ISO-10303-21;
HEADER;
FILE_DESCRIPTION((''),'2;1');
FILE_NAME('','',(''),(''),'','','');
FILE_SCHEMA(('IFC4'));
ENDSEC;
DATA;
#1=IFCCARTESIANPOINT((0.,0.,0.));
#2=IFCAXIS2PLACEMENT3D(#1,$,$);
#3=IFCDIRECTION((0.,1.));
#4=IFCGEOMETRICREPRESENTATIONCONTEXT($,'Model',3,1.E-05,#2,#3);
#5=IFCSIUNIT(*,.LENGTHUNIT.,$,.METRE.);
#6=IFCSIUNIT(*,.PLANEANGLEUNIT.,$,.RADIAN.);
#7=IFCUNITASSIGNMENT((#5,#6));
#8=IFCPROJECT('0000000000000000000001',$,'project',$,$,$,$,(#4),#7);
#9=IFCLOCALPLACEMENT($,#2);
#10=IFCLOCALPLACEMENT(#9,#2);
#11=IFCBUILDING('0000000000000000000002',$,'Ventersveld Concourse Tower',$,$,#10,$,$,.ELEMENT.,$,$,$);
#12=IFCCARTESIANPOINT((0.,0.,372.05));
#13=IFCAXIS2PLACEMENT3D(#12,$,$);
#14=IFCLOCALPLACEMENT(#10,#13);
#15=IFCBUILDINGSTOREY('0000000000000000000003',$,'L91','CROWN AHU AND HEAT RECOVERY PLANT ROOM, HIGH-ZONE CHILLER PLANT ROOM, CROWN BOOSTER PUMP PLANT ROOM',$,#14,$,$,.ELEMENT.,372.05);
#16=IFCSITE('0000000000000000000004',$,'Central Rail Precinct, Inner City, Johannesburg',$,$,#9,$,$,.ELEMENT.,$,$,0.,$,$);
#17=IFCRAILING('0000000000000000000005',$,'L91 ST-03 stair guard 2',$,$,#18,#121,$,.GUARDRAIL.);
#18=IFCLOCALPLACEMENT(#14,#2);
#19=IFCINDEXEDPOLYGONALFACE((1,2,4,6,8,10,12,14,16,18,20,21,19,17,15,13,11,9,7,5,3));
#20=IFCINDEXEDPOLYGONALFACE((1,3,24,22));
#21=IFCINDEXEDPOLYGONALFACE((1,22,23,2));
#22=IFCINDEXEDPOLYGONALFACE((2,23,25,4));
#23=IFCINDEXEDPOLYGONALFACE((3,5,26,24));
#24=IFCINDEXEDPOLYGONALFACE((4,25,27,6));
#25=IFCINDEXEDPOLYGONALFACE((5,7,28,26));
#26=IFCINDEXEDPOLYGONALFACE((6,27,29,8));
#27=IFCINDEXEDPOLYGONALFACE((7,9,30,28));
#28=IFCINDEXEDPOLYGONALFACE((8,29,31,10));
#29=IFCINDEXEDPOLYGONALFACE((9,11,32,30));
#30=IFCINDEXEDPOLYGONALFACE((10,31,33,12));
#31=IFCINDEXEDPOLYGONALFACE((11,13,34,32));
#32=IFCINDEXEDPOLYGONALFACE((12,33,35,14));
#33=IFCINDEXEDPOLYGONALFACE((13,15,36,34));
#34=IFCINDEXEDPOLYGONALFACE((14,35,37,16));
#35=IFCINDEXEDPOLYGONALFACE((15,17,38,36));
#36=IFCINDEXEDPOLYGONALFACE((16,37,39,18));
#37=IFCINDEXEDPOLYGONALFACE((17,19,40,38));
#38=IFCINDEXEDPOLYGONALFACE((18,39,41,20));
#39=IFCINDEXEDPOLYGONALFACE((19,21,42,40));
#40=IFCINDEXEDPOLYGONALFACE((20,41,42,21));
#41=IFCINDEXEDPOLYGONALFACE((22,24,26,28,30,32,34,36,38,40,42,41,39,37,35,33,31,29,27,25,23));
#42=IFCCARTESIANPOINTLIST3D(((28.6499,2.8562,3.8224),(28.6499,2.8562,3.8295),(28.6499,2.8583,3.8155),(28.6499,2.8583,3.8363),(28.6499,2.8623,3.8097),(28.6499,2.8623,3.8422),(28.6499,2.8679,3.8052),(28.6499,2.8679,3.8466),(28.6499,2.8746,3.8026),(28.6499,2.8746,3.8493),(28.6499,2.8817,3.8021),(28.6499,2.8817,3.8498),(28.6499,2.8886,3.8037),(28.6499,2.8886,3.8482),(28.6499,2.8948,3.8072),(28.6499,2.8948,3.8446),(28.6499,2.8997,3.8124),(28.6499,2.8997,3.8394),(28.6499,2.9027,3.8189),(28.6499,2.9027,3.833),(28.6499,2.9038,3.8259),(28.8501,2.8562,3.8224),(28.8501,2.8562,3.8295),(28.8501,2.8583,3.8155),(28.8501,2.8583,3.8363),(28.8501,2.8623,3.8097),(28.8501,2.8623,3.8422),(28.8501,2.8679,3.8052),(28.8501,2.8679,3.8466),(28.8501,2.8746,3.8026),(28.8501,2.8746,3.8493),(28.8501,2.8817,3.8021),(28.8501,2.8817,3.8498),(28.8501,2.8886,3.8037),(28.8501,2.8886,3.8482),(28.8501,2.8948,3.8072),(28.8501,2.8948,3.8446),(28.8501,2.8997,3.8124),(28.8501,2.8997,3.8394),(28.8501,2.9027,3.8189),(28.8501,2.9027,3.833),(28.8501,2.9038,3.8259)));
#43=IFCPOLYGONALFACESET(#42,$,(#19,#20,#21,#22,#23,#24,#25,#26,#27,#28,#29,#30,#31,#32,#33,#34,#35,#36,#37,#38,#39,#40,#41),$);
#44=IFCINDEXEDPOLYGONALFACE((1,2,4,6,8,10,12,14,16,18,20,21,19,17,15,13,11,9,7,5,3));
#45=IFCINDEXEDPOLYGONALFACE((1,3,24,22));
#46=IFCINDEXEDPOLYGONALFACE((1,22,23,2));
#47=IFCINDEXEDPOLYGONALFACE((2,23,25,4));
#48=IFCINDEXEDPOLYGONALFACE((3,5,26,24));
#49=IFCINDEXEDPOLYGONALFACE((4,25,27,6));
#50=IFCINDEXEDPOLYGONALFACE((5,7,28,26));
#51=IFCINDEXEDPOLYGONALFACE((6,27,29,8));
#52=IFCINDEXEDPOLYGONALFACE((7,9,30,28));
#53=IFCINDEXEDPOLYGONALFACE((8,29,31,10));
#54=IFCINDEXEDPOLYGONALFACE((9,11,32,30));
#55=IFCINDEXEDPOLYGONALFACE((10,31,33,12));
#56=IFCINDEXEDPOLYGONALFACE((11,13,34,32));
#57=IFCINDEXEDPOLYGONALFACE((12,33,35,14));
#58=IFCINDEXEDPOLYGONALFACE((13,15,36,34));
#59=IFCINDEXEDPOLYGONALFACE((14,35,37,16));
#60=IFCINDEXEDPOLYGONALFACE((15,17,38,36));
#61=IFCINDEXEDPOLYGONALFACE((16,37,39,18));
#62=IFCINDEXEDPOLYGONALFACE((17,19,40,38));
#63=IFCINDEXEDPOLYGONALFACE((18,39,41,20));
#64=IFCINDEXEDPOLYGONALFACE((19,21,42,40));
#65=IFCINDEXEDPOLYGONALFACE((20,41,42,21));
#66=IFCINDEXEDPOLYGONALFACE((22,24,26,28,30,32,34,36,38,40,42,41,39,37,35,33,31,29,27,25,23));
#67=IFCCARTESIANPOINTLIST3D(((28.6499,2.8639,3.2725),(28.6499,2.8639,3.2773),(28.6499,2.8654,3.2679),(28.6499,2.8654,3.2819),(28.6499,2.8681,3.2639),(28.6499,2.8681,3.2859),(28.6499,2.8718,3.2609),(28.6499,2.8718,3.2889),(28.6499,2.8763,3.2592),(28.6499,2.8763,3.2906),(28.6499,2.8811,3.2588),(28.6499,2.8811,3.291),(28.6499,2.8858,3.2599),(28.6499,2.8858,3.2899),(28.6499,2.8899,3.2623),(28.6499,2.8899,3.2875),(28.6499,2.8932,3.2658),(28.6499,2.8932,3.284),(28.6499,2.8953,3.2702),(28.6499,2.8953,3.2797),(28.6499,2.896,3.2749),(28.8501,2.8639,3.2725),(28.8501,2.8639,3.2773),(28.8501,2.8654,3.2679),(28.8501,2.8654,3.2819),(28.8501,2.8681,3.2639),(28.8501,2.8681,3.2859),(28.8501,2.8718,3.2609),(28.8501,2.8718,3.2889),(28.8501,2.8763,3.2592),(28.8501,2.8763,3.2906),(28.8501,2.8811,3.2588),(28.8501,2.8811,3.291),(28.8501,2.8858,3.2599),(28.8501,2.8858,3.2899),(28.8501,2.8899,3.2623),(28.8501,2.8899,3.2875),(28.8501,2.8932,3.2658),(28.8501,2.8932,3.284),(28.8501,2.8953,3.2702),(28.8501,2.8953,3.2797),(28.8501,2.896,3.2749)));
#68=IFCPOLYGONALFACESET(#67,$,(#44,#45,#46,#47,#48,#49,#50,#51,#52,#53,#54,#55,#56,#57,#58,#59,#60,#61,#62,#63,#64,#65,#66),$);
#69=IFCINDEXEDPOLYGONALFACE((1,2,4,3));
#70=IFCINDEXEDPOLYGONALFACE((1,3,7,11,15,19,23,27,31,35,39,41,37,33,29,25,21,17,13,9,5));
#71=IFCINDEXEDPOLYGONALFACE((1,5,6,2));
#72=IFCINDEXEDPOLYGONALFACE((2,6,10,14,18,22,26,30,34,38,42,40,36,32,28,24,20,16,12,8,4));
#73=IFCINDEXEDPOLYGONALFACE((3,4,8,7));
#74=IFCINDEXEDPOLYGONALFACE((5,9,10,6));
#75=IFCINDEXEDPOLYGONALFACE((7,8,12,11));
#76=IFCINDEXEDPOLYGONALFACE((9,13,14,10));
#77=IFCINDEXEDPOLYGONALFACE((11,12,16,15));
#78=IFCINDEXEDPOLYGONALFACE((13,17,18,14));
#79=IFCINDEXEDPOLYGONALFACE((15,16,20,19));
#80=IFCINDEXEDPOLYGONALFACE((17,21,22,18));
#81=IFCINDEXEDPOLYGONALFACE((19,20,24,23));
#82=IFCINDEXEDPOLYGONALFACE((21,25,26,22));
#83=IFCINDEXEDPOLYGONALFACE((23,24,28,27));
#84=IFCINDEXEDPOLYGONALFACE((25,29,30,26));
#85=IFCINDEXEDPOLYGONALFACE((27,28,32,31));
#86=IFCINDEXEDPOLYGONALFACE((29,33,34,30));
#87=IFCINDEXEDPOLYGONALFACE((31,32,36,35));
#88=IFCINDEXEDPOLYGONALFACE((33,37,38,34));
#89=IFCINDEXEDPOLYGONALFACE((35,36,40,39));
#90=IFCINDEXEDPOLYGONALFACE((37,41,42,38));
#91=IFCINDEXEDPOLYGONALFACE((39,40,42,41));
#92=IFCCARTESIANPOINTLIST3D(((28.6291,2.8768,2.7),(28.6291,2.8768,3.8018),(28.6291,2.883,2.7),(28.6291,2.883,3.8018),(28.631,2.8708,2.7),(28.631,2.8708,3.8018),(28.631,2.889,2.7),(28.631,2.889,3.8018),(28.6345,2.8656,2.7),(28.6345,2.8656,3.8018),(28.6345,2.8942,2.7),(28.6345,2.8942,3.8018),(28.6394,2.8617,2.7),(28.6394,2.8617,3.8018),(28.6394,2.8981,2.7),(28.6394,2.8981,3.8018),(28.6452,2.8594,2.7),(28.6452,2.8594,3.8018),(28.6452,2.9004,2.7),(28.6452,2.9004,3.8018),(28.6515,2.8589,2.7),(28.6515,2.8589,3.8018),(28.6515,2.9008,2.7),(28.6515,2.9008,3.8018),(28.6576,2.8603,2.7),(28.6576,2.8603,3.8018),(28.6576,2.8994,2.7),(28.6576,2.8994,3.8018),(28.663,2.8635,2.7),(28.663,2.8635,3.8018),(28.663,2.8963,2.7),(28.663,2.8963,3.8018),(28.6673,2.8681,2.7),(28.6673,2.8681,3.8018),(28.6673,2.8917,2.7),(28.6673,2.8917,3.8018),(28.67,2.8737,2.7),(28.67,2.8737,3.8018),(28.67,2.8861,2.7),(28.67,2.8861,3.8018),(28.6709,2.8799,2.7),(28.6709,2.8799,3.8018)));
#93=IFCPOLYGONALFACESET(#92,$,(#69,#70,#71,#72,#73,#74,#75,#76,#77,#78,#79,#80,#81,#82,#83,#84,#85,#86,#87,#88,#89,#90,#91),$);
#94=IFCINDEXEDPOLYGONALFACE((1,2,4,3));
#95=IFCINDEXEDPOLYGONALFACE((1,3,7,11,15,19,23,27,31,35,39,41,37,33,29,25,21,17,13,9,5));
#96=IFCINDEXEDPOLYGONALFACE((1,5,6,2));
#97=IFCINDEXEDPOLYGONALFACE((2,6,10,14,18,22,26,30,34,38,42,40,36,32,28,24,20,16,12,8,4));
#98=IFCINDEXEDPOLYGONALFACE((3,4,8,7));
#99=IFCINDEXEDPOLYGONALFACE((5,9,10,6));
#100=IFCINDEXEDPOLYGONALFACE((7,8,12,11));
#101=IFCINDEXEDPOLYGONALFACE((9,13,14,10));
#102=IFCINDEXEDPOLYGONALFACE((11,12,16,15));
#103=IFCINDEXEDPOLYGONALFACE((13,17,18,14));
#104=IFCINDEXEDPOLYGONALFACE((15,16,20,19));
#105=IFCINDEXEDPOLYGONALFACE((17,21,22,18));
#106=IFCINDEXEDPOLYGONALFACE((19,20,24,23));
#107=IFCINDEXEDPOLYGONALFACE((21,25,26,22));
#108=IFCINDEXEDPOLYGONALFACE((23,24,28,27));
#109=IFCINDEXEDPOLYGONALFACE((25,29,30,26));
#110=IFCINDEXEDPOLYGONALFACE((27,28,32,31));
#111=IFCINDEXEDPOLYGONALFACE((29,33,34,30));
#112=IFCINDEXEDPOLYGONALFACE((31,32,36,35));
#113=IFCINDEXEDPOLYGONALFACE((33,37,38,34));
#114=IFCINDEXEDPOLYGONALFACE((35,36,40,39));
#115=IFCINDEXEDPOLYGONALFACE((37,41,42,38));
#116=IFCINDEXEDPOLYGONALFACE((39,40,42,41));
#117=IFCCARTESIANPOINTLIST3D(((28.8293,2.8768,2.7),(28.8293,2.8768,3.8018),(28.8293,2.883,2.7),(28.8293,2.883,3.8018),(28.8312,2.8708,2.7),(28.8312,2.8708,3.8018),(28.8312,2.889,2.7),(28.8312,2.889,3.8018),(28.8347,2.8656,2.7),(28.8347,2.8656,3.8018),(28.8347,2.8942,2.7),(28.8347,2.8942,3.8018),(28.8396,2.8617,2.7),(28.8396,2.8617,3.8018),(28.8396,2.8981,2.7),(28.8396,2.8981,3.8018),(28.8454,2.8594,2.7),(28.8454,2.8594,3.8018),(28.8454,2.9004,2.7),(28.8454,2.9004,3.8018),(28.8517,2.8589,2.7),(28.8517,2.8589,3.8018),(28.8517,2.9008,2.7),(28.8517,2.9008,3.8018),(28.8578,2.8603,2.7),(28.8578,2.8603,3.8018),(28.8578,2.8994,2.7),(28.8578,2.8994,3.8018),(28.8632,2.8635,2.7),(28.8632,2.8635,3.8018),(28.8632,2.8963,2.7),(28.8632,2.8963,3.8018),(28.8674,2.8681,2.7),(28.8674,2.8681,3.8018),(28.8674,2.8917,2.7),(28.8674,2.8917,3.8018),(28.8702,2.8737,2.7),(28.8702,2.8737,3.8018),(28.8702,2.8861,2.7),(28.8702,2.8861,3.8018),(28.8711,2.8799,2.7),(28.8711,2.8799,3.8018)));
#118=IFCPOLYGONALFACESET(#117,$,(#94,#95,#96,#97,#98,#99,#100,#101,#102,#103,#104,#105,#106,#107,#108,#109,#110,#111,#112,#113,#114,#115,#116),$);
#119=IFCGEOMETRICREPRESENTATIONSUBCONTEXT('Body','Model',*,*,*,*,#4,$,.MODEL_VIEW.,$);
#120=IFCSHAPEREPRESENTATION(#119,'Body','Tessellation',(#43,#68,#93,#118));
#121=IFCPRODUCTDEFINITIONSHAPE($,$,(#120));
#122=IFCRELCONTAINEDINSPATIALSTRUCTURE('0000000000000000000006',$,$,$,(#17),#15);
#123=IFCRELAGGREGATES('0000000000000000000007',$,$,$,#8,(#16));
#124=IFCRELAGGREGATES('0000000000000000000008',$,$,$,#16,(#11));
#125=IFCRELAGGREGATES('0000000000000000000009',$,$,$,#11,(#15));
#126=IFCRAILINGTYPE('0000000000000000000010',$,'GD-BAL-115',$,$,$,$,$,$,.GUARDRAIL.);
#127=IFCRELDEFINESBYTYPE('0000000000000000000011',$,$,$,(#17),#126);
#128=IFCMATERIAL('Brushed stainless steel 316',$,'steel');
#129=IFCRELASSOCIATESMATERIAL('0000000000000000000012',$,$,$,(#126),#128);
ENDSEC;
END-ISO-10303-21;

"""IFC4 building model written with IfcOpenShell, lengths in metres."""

from ifc_helpers import new_model, si_unit, direction, frame, origin, origin_2d, place, context, subcontext, project, spatial, circle, extrude, material, type_object, element, save


model = new_model("IFC4")

# Units and contexts
model_context = context("Model", 3, precision=1e-05, world=origin(), true_north=direction((0.0, 1.0)))
body_context = subcontext(model_context, "Body", "Model", "MODEL_VIEW")
ifc_project = project(units=[si_unit("LENGTHUNIT", "METRE"), si_unit("PLANEANGLEUNIT", "RADIAN")], contexts=[model_context])

# Site, building, storey
site_placement = place(None, origin())
site = spatial("IfcSite", under=ifc_project, at=site_placement, Name="Central Rail Precinct, Inner City, Johannesburg", CompositionType="ELEMENT", RefElevation=0.0)
building_placement = place(site_placement, origin())
building = spatial("IfcBuilding", under=site, at=building_placement, Name="Ventersveld Concourse Tower", CompositionType="ELEMENT")
storey_placement = place(building_placement, frame((0.0, 0.0, 372.05)))
storey = spatial("IfcBuildingStorey", under=building, at=storey_placement, Name="L91", Description="CROWN AHU AND HEAT RECOVERY PLANT ROOM, HIGH-ZONE CHILLER PLANT ROOM, CROWN BOOSTER PUMP PLANT ROOM", CompositionType="ELEMENT", Elevation=372.05)

# Shared definitions
ifc_material_1 = material(Name="Brushed stainless steel 316", Category="steel")

# Railing
railing_type_1 = type_object("IfcRailingType", Name="GD-BAL-115", PredefinedType="GUARDRAIL", material=ifc_material_1)
railing_1_placement = place(storey_placement, frame((28.6499, 2.8799, 2.7)))
element("IfcRailing", 1, at=railing_1_placement, inside=storey, type_object=railing_type_1, Name="L91 ST-03 stair guard 2", PredefinedType="GUARDRAIL", context=body_context, shape_type="SweptSolid", body=[
    extrude(circle(Radius=0.0239, at=origin_2d()), frame((0.0, 0.0, 1.126), z_axis=(1.0, 0.0, 0.0), x_axis=(0.0, 1.0, 0.0)), (0.0, 0.0, 1.0), 0.2002),
    extrude(circle(Radius=0.0161, at=origin_2d()), frame((0.0, 0.0, 0.575), z_axis=(1.0, 0.0, 0.0), x_axis=(0.0, 1.0, 0.0)), (0.0, 0.0, 1.0), 0.2002),
    extrude(circle(Radius=0.021, at=origin_2d()), origin(), (0.0, 0.0, 1.0), 1.1018),
    extrude(circle(Radius=0.021, at=origin_2d()), frame((0.2002, 0.0, 0.0)), (0.0, 0.0, 1.0), 1.1018),
])

save(model, "model.ifc")
